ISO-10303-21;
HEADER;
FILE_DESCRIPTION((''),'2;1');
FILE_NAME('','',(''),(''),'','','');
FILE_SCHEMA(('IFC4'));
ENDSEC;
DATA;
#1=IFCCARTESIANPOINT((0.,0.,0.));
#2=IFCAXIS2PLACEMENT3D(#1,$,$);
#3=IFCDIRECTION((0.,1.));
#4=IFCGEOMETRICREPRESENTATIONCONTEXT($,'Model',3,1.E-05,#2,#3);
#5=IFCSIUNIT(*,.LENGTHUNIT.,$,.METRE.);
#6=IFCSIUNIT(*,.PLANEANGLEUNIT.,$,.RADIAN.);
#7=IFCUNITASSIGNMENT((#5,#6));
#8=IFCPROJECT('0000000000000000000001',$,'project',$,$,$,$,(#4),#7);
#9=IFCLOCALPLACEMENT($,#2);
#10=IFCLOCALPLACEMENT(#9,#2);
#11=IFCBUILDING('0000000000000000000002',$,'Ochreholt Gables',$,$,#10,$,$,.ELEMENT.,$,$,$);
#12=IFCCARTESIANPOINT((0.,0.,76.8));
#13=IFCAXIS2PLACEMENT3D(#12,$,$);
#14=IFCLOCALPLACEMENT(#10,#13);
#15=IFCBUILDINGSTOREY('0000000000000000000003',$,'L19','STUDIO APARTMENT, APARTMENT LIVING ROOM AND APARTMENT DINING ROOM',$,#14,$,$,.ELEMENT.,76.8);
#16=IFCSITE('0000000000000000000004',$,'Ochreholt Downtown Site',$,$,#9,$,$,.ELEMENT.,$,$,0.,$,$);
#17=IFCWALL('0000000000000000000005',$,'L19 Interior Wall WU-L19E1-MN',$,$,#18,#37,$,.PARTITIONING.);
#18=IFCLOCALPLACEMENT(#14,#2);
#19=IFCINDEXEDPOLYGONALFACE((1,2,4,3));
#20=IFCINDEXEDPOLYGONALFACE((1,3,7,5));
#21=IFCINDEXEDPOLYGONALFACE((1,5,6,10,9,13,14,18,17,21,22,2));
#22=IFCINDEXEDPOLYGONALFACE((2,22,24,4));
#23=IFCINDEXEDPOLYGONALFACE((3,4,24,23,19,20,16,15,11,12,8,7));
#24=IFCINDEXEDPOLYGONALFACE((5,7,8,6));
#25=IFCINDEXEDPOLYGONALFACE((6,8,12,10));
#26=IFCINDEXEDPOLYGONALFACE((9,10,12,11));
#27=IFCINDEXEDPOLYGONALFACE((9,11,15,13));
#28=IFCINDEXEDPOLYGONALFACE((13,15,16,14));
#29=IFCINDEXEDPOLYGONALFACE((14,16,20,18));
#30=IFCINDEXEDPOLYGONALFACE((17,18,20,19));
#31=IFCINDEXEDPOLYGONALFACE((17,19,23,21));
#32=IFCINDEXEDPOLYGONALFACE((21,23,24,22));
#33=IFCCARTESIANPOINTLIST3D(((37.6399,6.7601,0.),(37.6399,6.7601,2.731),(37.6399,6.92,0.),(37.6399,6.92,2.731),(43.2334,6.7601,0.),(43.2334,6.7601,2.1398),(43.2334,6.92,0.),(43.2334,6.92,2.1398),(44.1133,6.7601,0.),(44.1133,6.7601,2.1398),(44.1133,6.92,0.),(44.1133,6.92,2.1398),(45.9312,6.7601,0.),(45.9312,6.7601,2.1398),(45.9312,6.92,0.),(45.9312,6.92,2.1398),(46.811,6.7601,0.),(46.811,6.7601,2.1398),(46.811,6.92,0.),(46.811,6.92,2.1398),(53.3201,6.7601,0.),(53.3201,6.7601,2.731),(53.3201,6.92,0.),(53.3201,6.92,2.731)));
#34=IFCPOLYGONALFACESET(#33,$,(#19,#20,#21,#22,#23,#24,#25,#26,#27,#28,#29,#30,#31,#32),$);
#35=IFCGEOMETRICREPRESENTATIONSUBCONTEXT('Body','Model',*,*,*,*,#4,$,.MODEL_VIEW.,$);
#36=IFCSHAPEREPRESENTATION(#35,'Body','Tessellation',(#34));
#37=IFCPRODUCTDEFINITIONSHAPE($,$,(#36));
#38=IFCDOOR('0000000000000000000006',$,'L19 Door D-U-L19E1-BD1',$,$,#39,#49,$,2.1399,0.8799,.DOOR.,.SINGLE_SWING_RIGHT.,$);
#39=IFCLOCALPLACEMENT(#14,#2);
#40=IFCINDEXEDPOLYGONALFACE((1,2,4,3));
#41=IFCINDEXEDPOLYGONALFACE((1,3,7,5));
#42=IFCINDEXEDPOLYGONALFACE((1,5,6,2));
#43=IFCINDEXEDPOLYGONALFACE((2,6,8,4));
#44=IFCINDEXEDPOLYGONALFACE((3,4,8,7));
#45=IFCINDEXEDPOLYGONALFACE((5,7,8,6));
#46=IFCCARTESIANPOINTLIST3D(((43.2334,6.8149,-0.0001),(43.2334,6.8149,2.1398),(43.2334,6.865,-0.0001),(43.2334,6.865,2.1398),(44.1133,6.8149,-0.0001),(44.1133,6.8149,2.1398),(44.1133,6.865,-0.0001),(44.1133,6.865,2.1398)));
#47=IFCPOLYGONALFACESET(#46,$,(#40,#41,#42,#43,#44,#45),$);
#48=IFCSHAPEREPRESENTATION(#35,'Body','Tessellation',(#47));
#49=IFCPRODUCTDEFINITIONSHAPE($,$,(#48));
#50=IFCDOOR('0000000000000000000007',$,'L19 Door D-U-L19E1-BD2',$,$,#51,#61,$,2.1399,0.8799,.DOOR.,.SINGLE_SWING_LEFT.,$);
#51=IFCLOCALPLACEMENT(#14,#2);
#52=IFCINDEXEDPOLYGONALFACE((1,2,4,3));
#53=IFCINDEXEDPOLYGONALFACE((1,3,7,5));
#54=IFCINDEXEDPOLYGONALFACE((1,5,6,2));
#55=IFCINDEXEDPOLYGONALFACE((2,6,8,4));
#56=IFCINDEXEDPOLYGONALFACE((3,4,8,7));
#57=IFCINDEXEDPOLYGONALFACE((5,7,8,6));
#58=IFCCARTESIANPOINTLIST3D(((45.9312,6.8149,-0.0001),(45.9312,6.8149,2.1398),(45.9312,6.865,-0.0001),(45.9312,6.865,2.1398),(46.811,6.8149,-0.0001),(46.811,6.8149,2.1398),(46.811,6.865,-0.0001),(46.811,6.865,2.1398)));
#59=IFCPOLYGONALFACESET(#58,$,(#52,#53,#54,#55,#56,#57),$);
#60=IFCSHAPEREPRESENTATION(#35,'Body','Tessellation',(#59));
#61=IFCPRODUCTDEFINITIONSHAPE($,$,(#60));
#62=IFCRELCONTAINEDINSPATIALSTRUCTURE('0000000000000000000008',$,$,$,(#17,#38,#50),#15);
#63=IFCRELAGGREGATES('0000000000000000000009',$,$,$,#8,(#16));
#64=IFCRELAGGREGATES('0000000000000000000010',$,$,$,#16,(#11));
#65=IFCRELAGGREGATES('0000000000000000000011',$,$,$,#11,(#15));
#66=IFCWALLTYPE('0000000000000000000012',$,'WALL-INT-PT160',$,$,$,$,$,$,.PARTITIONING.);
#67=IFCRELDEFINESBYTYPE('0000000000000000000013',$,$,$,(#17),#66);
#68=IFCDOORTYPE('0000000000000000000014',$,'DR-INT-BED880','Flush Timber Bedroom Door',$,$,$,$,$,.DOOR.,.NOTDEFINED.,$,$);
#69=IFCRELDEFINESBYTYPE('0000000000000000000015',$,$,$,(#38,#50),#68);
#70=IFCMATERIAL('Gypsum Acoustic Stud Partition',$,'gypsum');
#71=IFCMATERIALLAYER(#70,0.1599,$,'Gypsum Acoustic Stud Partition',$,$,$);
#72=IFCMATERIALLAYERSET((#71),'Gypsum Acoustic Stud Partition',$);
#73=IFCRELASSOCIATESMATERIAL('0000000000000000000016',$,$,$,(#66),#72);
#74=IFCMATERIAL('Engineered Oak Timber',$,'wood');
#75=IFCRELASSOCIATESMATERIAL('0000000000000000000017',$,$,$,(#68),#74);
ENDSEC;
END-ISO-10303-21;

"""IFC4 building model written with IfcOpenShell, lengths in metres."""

from ifc_helpers import new_model, si_unit, direction, frame, frame_2d, origin, place, context, subcontext, project, spatial, rectangle, extrude, material, layer, layer_set, type_object, element, fill, save


model = new_model("IFC4")

# Units and contexts
model_context = context("Model", 3, precision=1e-05, world=origin(), true_north=direction((0.0, 1.0)))
body_context = subcontext(model_context, "Body", "Model", "MODEL_VIEW")
ifc_project = project(units=[si_unit("LENGTHUNIT", "METRE"), si_unit("PLANEANGLEUNIT", "RADIAN")], contexts=[model_context])

# Site, building, storey
site_placement = place(None, origin())
site = spatial("IfcSite", under=ifc_project, at=site_placement, Name="Ochreholt Downtown Site", CompositionType="ELEMENT", RefElevation=0.0)
building_placement = place(site_placement, origin())
building = spatial("IfcBuilding", under=site, at=building_placement, Name="Ochreholt Gables", CompositionType="ELEMENT")
storey_placement = place(building_placement, frame((0.0, 0.0, 76.8)))
storey = spatial("IfcBuildingStorey", under=building, at=storey_placement, Name="L19", Description="STUDIO APARTMENT, APARTMENT LIVING ROOM AND APARTMENT DINING ROOM", CompositionType="ELEMENT", Elevation=76.8)

# Shared definitions
ifc_material_1 = material(Name="Engineered Oak Timber", Category="wood")

# Wall, openings, doors
ifc_material_2 = material(Name="Gypsum Acoustic Stud Partition", Category="gypsum")
ifc_layer_1 = layer(ifc_material_2, 0.1599, Name="Gypsum Acoustic Stud Partition")
ifc_layer_set_1 = layer_set([ifc_layer_1], Name="Gypsum Acoustic Stud Partition")
wall_type_1 = type_object("IfcWallType", Name="WALL-INT-PT160", PredefinedType="PARTITIONING", material=ifc_layer_set_1)
wall_1_placement = place(storey_placement, frame((37.6399, 6.8401, 0.0), z_axis=(0.0, 0.0, 1.0), x_axis=(1.0, 0.0, 0.0)))
wall_1 = element("IfcWall", 1, at=wall_1_placement, inside=storey, type_object=wall_type_1, Name="L19 Interior Wall WU-L19E1-MN", PredefinedType="PARTITIONING", context=body_context, shape_type="SweptSolid", body=[
    extrude(rectangle(XDim=15.6802, YDim=0.1599, at=frame_2d((7.8401, 0.0))), origin(), (0.0, 0.0, 1.0), 2.731),
])
opening_1_placement = place(wall_1_placement, frame((5.5935, 0.0, 0.0)))
opening_1 = element("IfcOpeningElement", 2, at=opening_1_placement, cuts=wall_1, PredefinedType="OPENING", context=body_context, shape_type="SweptSolid", body=[
    extrude(rectangle(XDim=0.8799, YDim=2.1399, at=frame_2d((0.4399, 1.0698))), frame((0.0, 0.0898, 0.0), z_axis=(0.0, -1.0, 0.0), x_axis=(1.0, 0.0, 0.0)), (0.0, 0.0, 1.0), 0.1799),
])
opening_2_placement = place(wall_1_placement, frame((8.2913, 0.0, 0.0)))
opening_2 = element("IfcOpeningElement", 3, at=opening_2_placement, cuts=wall_1, PredefinedType="OPENING", context=body_context, shape_type="SweptSolid", body=[
    extrude(rectangle(XDim=0.8799, YDim=2.1399, at=frame_2d((0.4399, 1.0698))), frame((0.0, 0.0898, 0.0), z_axis=(0.0, -1.0, 0.0), x_axis=(1.0, 0.0, 0.0)), (0.0, 0.0, 1.0), 0.1799),
])
door_type_1 = type_object("IfcDoorType", Name="DR-INT-BED880", Description="Flush Timber Bedroom Door", OperationType="NOTDEFINED", PredefinedType="DOOR", material=ifc_material_1)
door_1_placement = place(opening_1_placement, origin())
door_1 = element("IfcDoor", 4, at=door_1_placement, inside=storey, type_object=door_type_1, Name="L19 Door D-U-L19E1-BD1", OperationType="SINGLE_SWING_RIGHT", OverallHeight=2.1399, OverallWidth=0.8799, PredefinedType="DOOR", context=body_context, shape_type="SweptSolid", body=[
    extrude(rectangle(XDim=0.8799, YDim=2.1399, at=frame_2d((0.4399, 1.0698))), frame((0.0, 0.0249, 0.0), z_axis=(0.0, -1.0, 0.0), x_axis=(1.0, 0.0, 0.0)), (0.0, 0.0, 1.0), 0.05),
])
fill(opening_1, door_1)
door_2_placement = place(opening_2_placement, origin())
door_2 = element("IfcDoor", 5, at=door_2_placement, inside=storey, type_object=door_type_1, Name="L19 Door D-U-L19E1-BD2", OperationType="SINGLE_SWING_LEFT", OverallHeight=2.1399, OverallWidth=0.8799, PredefinedType="DOOR", context=body_context, shape_type="SweptSolid", body=[
    extrude(rectangle(XDim=0.8799, YDim=2.1399, at=frame_2d((0.4399, 1.0698))), frame((0.0, 0.0249, 0.0), z_axis=(0.0, -1.0, 0.0), x_axis=(1.0, 0.0, 0.0)), (0.0, 0.0, 1.0), 0.05),
])
fill(opening_2, door_2)

save(model, "model.ifc")
